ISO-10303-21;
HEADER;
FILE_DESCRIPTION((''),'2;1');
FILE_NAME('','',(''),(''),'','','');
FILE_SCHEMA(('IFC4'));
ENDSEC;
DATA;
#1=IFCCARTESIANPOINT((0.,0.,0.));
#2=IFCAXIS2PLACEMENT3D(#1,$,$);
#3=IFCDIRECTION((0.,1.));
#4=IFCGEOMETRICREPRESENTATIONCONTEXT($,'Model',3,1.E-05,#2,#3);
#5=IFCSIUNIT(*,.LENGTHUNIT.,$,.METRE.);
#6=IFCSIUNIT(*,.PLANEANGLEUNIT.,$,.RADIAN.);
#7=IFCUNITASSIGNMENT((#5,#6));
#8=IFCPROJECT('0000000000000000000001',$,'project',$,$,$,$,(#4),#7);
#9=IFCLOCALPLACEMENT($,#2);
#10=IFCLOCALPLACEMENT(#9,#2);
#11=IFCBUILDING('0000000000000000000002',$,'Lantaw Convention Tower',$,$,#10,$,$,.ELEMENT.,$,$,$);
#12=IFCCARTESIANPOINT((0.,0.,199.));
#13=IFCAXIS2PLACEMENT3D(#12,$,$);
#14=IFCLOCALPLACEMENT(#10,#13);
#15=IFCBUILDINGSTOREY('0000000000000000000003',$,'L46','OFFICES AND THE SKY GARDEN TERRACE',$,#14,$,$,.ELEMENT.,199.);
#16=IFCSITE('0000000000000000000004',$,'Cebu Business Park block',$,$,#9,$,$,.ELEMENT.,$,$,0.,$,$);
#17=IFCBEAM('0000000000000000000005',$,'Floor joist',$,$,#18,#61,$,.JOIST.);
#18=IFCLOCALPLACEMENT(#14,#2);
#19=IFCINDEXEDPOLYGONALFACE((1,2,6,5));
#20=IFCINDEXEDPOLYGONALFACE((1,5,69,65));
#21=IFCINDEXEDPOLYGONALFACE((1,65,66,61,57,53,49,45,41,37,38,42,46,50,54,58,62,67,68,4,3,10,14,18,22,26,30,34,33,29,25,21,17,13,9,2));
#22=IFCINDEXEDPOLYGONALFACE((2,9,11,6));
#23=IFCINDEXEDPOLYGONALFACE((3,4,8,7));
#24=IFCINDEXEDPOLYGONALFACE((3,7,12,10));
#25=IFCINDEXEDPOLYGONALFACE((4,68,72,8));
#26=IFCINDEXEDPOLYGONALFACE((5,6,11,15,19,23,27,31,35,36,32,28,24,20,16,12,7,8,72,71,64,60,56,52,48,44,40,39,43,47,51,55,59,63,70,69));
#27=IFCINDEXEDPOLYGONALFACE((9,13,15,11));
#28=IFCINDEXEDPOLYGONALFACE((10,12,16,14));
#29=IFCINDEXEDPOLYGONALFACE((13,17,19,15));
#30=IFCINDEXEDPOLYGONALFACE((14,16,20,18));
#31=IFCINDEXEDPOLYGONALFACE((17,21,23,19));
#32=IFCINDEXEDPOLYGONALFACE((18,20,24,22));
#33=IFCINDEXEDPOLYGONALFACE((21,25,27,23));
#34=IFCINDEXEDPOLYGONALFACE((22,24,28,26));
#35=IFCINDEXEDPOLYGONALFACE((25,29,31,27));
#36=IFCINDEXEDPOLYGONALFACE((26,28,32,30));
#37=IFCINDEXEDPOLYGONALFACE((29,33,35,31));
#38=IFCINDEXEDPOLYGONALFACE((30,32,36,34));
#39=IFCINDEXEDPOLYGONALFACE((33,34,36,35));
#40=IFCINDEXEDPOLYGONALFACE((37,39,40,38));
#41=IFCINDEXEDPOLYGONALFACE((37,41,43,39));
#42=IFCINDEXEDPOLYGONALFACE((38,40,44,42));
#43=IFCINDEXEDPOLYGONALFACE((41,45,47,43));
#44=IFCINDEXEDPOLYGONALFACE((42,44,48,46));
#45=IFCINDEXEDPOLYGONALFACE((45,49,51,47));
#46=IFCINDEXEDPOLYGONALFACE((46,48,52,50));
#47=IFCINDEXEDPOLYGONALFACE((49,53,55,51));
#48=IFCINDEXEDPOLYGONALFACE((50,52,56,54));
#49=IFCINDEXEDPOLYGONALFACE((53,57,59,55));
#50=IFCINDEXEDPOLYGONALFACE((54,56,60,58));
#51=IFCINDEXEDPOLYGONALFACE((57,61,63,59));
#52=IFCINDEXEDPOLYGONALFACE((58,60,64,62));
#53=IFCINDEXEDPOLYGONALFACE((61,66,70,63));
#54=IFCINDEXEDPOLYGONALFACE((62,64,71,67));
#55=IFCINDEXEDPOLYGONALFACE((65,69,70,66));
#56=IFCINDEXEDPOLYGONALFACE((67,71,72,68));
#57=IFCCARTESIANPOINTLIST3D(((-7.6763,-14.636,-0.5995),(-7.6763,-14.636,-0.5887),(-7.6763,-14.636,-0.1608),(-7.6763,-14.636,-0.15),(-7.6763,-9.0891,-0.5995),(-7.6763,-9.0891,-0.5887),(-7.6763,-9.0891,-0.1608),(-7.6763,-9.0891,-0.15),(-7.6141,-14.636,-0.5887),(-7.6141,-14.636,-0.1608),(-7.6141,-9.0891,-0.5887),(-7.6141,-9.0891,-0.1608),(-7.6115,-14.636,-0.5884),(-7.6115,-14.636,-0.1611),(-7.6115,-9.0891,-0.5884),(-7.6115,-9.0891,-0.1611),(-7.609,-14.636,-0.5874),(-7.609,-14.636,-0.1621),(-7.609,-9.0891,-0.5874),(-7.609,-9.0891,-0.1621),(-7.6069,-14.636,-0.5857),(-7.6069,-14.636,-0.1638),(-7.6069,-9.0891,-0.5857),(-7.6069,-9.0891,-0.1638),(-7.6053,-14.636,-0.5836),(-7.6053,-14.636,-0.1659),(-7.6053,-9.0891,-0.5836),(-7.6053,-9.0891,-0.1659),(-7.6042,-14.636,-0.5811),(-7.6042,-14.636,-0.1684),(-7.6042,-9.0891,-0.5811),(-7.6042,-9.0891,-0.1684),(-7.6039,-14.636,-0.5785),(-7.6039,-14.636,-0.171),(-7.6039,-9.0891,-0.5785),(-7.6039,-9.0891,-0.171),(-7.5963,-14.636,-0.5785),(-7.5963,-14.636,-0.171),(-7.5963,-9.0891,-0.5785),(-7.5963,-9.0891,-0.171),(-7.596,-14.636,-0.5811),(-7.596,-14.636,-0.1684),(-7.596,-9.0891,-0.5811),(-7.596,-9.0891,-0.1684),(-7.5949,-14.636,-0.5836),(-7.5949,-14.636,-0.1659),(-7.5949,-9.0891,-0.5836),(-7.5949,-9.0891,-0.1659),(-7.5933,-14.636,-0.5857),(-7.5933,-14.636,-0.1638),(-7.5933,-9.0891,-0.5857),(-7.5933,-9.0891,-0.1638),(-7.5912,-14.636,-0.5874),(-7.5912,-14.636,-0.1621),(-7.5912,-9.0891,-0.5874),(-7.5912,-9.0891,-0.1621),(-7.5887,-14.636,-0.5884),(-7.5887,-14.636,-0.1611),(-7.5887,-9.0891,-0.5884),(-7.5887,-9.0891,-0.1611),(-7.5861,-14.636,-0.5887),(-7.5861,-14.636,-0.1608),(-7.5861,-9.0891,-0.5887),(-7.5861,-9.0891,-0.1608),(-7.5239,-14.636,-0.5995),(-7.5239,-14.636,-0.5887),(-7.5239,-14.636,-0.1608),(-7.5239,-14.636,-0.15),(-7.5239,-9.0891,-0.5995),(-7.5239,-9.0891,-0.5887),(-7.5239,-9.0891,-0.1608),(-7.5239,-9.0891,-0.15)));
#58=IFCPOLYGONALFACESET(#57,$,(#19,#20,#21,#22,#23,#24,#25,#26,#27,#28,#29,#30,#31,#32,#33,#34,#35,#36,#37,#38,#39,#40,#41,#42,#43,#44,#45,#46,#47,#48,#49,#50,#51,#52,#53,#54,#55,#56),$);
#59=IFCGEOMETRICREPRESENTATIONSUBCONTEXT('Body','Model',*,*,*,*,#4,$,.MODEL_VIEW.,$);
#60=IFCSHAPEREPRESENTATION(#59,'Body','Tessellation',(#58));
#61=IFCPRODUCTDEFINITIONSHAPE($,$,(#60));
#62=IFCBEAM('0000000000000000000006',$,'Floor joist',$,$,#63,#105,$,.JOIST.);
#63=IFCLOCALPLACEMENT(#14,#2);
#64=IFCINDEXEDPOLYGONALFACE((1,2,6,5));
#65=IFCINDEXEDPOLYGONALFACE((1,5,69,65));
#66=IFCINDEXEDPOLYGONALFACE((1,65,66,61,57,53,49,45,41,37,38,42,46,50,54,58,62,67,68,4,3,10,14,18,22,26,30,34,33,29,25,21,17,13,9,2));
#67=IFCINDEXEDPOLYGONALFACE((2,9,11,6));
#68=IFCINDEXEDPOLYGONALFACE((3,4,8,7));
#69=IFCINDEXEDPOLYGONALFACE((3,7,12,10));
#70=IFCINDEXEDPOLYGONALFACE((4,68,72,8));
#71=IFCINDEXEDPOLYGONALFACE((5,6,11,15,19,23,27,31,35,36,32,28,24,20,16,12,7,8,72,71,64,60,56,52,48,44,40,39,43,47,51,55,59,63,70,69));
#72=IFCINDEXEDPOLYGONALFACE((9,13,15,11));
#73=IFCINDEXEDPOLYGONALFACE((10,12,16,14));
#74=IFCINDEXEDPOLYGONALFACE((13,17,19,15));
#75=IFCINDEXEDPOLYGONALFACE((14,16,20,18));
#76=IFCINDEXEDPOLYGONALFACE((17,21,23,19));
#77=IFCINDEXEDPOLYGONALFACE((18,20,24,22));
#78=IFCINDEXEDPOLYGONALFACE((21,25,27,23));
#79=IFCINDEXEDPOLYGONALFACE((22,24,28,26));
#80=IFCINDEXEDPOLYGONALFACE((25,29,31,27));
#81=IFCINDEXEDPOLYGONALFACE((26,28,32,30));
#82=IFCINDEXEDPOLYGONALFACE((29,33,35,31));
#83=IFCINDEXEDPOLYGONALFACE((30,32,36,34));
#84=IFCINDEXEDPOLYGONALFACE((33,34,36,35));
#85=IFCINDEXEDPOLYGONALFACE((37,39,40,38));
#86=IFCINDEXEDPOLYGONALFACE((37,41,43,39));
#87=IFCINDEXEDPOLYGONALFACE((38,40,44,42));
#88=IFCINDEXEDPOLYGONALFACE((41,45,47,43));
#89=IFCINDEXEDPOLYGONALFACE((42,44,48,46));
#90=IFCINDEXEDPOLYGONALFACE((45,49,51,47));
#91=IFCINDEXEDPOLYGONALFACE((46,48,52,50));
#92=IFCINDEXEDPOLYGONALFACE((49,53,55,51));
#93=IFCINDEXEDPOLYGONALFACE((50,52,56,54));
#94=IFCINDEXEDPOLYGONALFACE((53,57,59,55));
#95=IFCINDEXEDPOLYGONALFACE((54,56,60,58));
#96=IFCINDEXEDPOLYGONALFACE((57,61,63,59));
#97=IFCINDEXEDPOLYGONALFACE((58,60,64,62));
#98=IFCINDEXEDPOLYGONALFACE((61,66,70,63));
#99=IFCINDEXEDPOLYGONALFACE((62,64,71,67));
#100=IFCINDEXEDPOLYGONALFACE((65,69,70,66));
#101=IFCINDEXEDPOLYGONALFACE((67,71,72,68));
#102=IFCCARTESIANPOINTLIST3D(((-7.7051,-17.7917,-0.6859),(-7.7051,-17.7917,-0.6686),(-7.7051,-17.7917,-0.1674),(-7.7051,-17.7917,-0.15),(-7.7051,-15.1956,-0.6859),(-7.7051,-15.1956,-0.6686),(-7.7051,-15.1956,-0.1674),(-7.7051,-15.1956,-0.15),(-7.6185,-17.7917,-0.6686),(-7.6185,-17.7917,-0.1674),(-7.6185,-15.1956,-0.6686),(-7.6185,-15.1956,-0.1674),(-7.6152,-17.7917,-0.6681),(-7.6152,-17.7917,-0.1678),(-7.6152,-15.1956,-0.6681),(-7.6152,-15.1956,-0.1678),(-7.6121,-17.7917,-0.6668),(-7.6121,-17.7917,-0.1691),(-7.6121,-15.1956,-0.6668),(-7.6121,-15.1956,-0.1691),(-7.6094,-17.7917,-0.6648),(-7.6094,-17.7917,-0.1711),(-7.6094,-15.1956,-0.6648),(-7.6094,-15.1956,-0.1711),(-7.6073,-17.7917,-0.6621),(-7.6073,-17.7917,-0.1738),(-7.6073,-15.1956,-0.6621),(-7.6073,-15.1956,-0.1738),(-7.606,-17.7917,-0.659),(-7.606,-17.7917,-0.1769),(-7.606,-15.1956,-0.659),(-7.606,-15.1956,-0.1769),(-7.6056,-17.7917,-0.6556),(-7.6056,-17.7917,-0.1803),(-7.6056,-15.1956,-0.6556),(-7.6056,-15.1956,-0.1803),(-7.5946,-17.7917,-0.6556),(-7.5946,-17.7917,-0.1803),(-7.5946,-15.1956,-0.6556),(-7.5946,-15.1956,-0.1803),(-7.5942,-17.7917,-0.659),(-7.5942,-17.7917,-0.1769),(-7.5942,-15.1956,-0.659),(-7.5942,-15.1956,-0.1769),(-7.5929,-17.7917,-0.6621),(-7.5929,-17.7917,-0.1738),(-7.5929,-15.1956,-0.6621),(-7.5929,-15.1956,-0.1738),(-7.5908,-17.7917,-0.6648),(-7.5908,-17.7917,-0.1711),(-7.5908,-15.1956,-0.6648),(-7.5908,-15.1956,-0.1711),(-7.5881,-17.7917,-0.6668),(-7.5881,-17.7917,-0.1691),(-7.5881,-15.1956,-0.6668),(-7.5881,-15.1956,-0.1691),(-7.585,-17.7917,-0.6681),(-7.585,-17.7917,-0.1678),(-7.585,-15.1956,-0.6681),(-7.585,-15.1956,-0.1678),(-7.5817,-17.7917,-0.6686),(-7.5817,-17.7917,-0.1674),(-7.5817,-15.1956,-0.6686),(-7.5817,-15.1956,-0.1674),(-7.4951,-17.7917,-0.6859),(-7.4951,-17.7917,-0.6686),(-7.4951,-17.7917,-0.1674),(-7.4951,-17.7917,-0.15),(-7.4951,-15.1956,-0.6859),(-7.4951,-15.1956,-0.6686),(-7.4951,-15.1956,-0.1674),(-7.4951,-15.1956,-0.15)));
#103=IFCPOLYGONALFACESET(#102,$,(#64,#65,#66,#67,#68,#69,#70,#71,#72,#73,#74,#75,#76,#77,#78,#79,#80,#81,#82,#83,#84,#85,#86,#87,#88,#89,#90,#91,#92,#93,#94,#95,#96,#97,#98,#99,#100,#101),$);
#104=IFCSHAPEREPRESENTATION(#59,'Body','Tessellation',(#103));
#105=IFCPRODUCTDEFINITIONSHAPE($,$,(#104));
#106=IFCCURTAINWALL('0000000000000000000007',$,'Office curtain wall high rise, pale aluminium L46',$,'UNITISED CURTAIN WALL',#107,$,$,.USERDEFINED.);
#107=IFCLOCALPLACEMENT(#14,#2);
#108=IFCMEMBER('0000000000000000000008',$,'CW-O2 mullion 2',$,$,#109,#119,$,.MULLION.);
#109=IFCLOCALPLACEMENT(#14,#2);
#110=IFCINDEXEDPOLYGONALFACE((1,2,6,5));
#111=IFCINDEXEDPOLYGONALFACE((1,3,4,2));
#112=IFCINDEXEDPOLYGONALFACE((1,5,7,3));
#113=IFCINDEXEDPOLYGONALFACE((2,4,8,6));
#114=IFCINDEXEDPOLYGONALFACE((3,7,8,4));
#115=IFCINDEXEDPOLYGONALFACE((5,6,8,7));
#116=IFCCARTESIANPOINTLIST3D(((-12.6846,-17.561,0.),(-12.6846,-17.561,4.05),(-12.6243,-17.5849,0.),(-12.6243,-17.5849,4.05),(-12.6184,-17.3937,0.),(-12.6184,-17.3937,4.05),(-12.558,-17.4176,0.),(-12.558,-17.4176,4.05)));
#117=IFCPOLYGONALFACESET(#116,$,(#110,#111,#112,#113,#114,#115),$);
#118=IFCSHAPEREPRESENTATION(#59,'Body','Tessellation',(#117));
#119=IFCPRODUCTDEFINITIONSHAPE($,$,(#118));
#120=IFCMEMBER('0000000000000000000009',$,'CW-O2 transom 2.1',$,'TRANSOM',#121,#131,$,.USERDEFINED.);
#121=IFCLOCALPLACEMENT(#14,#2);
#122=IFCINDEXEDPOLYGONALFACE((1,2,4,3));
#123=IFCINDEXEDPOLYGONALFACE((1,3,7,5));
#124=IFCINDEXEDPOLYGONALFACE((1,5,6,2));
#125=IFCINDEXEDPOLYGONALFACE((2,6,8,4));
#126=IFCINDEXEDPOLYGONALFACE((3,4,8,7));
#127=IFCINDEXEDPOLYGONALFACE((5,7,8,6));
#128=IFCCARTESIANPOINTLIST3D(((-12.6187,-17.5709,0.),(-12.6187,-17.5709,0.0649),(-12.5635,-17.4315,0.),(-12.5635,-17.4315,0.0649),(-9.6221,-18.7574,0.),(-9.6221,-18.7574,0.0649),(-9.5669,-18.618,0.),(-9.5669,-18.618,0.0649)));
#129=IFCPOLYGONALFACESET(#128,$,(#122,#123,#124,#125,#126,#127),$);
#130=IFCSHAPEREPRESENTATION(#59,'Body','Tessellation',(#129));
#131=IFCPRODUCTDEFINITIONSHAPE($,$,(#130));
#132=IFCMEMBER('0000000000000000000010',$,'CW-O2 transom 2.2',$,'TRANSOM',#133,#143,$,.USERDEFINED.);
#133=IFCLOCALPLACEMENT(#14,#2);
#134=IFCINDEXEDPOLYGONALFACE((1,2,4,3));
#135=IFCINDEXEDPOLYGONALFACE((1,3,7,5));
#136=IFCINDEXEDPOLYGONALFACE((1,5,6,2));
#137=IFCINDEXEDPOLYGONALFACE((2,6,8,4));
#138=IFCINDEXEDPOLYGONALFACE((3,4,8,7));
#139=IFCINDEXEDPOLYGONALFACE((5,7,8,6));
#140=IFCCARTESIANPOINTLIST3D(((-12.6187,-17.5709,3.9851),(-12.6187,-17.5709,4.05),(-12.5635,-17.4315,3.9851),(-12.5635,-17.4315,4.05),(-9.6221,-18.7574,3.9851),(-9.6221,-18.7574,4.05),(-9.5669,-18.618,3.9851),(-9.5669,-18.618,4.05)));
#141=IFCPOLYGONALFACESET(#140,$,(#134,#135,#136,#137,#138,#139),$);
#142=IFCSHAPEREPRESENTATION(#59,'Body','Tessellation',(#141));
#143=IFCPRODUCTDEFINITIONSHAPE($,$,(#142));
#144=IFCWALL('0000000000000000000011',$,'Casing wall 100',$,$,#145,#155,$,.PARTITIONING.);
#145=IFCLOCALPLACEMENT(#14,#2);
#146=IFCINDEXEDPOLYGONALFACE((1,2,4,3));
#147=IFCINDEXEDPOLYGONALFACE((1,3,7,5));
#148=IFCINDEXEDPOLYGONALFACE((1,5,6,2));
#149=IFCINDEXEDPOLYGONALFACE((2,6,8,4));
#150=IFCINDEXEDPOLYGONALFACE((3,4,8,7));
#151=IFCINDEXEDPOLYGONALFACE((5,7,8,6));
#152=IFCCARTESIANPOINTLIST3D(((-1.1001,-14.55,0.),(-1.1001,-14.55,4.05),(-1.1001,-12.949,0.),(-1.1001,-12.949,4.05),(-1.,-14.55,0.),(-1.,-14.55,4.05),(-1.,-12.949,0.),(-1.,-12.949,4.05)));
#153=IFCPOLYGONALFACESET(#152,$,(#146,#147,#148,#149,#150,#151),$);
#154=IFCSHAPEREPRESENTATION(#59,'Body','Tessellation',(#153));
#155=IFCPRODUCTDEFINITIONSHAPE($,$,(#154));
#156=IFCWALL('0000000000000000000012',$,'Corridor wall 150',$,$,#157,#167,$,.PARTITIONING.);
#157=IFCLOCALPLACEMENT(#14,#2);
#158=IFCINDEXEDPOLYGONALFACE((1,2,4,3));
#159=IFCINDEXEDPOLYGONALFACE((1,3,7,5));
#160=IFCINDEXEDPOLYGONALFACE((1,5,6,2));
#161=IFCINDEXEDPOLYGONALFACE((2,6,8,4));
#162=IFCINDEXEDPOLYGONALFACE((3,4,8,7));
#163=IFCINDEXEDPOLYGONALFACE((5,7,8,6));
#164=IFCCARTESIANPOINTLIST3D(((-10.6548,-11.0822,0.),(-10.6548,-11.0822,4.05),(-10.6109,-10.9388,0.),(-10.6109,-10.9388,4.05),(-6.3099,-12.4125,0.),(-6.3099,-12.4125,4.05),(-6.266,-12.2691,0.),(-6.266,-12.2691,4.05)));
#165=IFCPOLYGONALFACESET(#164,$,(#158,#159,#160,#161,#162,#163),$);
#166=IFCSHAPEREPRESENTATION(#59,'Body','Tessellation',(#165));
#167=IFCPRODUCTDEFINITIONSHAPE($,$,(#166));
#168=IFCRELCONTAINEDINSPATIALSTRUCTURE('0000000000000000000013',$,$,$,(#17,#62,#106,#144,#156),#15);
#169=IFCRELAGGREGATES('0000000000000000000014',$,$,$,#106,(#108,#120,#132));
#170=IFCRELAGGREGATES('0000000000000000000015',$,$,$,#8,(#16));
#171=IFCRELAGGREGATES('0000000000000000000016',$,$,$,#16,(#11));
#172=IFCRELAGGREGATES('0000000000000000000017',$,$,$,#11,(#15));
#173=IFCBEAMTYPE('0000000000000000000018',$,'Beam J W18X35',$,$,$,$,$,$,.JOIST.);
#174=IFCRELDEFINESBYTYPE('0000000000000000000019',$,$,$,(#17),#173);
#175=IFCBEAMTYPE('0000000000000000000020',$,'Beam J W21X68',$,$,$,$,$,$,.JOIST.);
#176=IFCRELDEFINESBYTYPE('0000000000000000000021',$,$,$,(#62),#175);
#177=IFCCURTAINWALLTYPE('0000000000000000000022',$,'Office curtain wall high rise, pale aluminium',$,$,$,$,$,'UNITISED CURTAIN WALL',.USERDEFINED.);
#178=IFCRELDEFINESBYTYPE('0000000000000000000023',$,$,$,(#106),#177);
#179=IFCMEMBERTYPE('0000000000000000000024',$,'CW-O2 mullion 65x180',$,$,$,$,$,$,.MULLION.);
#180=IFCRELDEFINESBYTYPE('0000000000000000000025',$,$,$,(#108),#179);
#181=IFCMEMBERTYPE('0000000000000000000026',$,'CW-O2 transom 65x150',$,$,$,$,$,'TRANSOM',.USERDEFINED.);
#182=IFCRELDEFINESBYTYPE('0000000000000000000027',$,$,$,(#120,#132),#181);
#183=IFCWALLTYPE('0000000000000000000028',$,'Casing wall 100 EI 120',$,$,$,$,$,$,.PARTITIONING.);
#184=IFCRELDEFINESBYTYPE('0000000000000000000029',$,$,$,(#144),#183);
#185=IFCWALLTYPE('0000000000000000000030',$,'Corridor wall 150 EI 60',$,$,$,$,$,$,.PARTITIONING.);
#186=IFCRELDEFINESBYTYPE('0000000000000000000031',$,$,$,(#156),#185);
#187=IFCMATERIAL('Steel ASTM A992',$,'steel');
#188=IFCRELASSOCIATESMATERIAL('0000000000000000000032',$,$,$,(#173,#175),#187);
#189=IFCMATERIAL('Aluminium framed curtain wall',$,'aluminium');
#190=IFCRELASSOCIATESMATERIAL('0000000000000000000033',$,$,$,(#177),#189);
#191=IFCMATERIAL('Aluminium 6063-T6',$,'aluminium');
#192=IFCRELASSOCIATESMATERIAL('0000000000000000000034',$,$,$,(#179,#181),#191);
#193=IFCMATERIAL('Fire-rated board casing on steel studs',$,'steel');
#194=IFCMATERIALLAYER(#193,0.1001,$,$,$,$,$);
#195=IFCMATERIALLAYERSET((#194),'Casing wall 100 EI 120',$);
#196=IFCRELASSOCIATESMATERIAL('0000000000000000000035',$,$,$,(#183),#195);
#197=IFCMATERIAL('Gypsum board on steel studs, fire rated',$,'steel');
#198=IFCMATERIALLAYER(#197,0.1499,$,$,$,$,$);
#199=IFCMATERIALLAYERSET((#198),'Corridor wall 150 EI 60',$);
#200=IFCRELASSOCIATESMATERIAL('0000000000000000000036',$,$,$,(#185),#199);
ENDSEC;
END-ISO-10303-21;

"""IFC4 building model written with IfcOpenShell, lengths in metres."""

from ifc_helpers import new_model, si_unit, direction, frame, frame_2d, origin, origin_2d, place, context, subcontext, project, spatial, rectangle, i_section, extrude, material, layer, layer_set, material_profile, profile_set, type_object, element, aggregate, save


model = new_model("IFC4")

# Units and contexts
model_context = context("Model", 3, precision=1e-05, world=origin(), true_north=direction((0.0, 1.0)))
body_context = subcontext(model_context, "Body", "Model", "MODEL_VIEW")
ifc_project = project(units=[si_unit("LENGTHUNIT", "METRE"), si_unit("PLANEANGLEUNIT", "RADIAN")], contexts=[model_context])

# Site, building, storey
site_placement = place(None, origin())
site = spatial("IfcSite", under=ifc_project, at=site_placement, Name="Cebu Business Park block", CompositionType="ELEMENT", RefElevation=0.0)
building_placement = place(site_placement, origin())
building = spatial("IfcBuilding", under=site, at=building_placement, Name="Lantaw Convention Tower", CompositionType="ELEMENT")
storey_placement = place(building_placement, frame((0.0, 0.0, 199.0)))
storey = spatial("IfcBuildingStorey", under=building, at=storey_placement, Name="L46", Description="OFFICES AND THE SKY GARDEN TERRACE", CompositionType="ELEMENT", Elevation=199.0)

# Beams
ifc_material_1 = material(Name="Steel ASTM A992", Category="steel")
ifc_material_profile_1 = material_profile(ifc_material_1, i_section(OverallWidth=0.1523, OverallDepth=0.4495, WebThickness=0.0076, FlangeThickness=0.0107, FilletRadius=0.0103, at=origin_2d()), Name="W18X35")
ifc_profile_set_1 = profile_set([ifc_material_profile_1], Name="Steel ASTM A992")
beam_type_1 = type_object("IfcBeamType", Name="Beam J W18X35", PredefinedType="JOIST", material=ifc_profile_set_1)
beam_1_placement = place(storey_placement, frame((-7.6001, -14.636, -0.3748), z_axis=(0.0, 1.0, 0.0), x_axis=(-1.0, 0.0, 0.0)))
element("IfcBeam", 1, at=beam_1_placement, inside=storey, type_object=beam_type_1, Name="Floor joist", PredefinedType="JOIST", context=body_context, shape_type="SweptSolid", body=[
    extrude(i_section(OverallWidth=0.1523, OverallDepth=0.4495, WebThickness=0.0076, FlangeThickness=0.0107, FilletRadius=0.0103, at=origin_2d()), origin(), (0.0, 0.0, 1.0), 5.5469),
])
ifc_material_profile_2 = material_profile(ifc_material_1, i_section(OverallWidth=0.21, OverallDepth=0.5359, WebThickness=0.011, FlangeThickness=0.0173, FilletRadius=0.0129, at=origin_2d()), Name="W21X68")
ifc_profile_set_2 = profile_set([ifc_material_profile_2], Name="Steel ASTM A992")
beam_type_2 = type_object("IfcBeamType", Name="Beam J W21X68", PredefinedType="JOIST", material=ifc_profile_set_2)
beam_2_placement = place(storey_placement, frame((-7.6001, -17.7917, -0.418), z_axis=(0.0, 1.0, 0.0), x_axis=(-1.0, 0.0, 0.0)))
element("IfcBeam", 2, at=beam_2_placement, inside=storey, type_object=beam_type_2, Name="Floor joist", PredefinedType="JOIST", context=body_context, shape_type="SweptSolid", body=[
    extrude(i_section(OverallWidth=0.21, OverallDepth=0.5359, WebThickness=0.011, FlangeThickness=0.0173, FilletRadius=0.0129, at=origin_2d()), origin(), (0.0, 0.0, 1.0), 2.5962),
])

# Curtain wall, members
ifc_material_2 = material(Name="Aluminium framed curtain wall", Category="aluminium")
curtain_wall_type = type_object("IfcCurtainWallType", Name="Office curtain wall high rise, pale aluminium", ElementType="UNITISED CURTAIN WALL", PredefinedType="USERDEFINED", material=ifc_material_2)
curtain_wall_placement = place(storey_placement, origin())
curtain_wall = element("IfcCurtainWall", 3, at=curtain_wall_placement, inside=storey, type_object=curtain_wall_type, Name="Office curtain wall high rise, pale aluminium L46", ObjectType="UNITISED CURTAIN WALL", PredefinedType="USERDEFINED")
ifc_material_3 = material(Name="Aluminium 6063-T6", Category="aluminium")
ifc_material_profile_3 = material_profile(ifc_material_3, rectangle(XDim=0.1799, YDim=0.0649, at=origin_2d()), Name="CW-O2 mullion 65x180")
ifc_profile_set_3 = profile_set([ifc_material_profile_3], Name="Aluminium 6063-T6")
member_type_1 = type_object("IfcMemberType", Name="CW-O2 mullion 65x180", PredefinedType="MULLION", material=ifc_profile_set_3)
member_1_placement = place(storey_placement, frame((-12.6213, -17.4893, 0.0), z_axis=(0.0, 0.0, 1.0), x_axis=(0.368162, 0.929762, 0.0)))
member_1 = element("IfcMember", 4, at=member_1_placement, type_object=member_type_1, Name="CW-O2 mullion 2", PredefinedType="MULLION", context=body_context, shape_type="SweptSolid", body=[
    extrude(rectangle(XDim=0.1799, YDim=0.0649, at=origin_2d()), origin(), (0.0, 0.0, 1.0), 4.05),
])
ifc_material_profile_4 = material_profile(ifc_material_3, rectangle(XDim=0.1499, YDim=0.0649, at=origin_2d()), Name="CW-O2 transom 65x150")
ifc_profile_set_4 = profile_set([ifc_material_profile_4], Name="Aluminium 6063-T6")
member_type_2 = type_object("IfcMemberType", Name="CW-O2 transom 65x150", ElementType="TRANSOM", PredefinedType="USERDEFINED", material=ifc_profile_set_4)
member_2_placement = place(storey_placement, frame((-12.5911, -17.5012, 0.0325), z_axis=(0.929767, -0.368149, 0.0), x_axis=(0.368149, 0.929767, 0.0)))
member_2 = element("IfcMember", 5, at=member_2_placement, type_object=member_type_2, Name="CW-O2 transom 2.1", ObjectType="TRANSOM", PredefinedType="USERDEFINED", context=body_context, shape_type="SweptSolid", body=[
    extrude(rectangle(XDim=0.1499, YDim=0.0649, at=origin_2d()), origin(), (0.0, 0.0, 1.0), 3.2229),
])
member_3_placement = place(storey_placement, frame((-12.5911, -17.5012, 4.0176), z_axis=(0.929767, -0.368149, 0.0), x_axis=(0.368149, 0.929767, 0.0)))
member_3 = element("IfcMember", 6, at=member_3_placement, type_object=member_type_2, Name="CW-O2 transom 2.2", ObjectType="TRANSOM", PredefinedType="USERDEFINED", context=body_context, shape_type="SweptSolid", body=[
    extrude(rectangle(XDim=0.1499, YDim=0.0649, at=origin_2d()), origin(), (0.0, 0.0, 1.0), 3.2229),
])
aggregate(curtain_wall, [member_1, member_2, member_3])

# Walls
ifc_material_4 = material(Name="Fire-rated board casing on steel studs", Category="steel")
ifc_layer_1 = layer(ifc_material_4, 0.1001)
ifc_layer_set_1 = layer_set([ifc_layer_1], Name="Casing wall 100 EI 120")
wall_type_1 = type_object("IfcWallType", Name="Casing wall 100 EI 120", PredefinedType="PARTITIONING", material=ifc_layer_set_1)
wall_1_placement = place(storey_placement, frame((-1.05, -14.55, 0.0), z_axis=(0.0, 0.0, 1.0), x_axis=(0.0, 1.0, 0.0)))
element("IfcWall", 7, at=wall_1_placement, inside=storey, type_object=wall_type_1, Name="Casing wall 100", PredefinedType="PARTITIONING", context=body_context, shape_type="SweptSolid", body=[
    extrude(rectangle(XDim=1.6011, YDim=0.1001, at=frame_2d((0.8005, 0.0))), origin(), (0.0, 0.0, 1.0), 4.05),
])
ifc_material_5 = material(Name="Gypsum board on steel studs, fire rated", Category="steel")
ifc_layer_2 = layer(ifc_material_5, 0.1499)
ifc_layer_set_2 = layer_set([ifc_layer_2], Name="Corridor wall 150 EI 60")
wall_type_2 = type_object("IfcWallType", Name="Corridor wall 150 EI 60", PredefinedType="PARTITIONING", material=ifc_layer_set_2)
wall_2_placement = place(storey_placement, frame((-10.6328, -11.0105, 0.0), z_axis=(0.0, 0.0, 1.0), x_axis=(0.956186, -0.29276, 0.0)))
element("IfcWall", 8, at=wall_2_placement, inside=storey, type_object=wall_type_2, Name="Corridor wall 150", PredefinedType="PARTITIONING", context=body_context, shape_type="SweptSolid", body=[
    extrude(rectangle(XDim=4.5439, YDim=0.1499, at=frame_2d((2.272, 0.0))), origin(), (0.0, 0.0, 1.0), 4.05),
])

save(model, "model.ifc")
